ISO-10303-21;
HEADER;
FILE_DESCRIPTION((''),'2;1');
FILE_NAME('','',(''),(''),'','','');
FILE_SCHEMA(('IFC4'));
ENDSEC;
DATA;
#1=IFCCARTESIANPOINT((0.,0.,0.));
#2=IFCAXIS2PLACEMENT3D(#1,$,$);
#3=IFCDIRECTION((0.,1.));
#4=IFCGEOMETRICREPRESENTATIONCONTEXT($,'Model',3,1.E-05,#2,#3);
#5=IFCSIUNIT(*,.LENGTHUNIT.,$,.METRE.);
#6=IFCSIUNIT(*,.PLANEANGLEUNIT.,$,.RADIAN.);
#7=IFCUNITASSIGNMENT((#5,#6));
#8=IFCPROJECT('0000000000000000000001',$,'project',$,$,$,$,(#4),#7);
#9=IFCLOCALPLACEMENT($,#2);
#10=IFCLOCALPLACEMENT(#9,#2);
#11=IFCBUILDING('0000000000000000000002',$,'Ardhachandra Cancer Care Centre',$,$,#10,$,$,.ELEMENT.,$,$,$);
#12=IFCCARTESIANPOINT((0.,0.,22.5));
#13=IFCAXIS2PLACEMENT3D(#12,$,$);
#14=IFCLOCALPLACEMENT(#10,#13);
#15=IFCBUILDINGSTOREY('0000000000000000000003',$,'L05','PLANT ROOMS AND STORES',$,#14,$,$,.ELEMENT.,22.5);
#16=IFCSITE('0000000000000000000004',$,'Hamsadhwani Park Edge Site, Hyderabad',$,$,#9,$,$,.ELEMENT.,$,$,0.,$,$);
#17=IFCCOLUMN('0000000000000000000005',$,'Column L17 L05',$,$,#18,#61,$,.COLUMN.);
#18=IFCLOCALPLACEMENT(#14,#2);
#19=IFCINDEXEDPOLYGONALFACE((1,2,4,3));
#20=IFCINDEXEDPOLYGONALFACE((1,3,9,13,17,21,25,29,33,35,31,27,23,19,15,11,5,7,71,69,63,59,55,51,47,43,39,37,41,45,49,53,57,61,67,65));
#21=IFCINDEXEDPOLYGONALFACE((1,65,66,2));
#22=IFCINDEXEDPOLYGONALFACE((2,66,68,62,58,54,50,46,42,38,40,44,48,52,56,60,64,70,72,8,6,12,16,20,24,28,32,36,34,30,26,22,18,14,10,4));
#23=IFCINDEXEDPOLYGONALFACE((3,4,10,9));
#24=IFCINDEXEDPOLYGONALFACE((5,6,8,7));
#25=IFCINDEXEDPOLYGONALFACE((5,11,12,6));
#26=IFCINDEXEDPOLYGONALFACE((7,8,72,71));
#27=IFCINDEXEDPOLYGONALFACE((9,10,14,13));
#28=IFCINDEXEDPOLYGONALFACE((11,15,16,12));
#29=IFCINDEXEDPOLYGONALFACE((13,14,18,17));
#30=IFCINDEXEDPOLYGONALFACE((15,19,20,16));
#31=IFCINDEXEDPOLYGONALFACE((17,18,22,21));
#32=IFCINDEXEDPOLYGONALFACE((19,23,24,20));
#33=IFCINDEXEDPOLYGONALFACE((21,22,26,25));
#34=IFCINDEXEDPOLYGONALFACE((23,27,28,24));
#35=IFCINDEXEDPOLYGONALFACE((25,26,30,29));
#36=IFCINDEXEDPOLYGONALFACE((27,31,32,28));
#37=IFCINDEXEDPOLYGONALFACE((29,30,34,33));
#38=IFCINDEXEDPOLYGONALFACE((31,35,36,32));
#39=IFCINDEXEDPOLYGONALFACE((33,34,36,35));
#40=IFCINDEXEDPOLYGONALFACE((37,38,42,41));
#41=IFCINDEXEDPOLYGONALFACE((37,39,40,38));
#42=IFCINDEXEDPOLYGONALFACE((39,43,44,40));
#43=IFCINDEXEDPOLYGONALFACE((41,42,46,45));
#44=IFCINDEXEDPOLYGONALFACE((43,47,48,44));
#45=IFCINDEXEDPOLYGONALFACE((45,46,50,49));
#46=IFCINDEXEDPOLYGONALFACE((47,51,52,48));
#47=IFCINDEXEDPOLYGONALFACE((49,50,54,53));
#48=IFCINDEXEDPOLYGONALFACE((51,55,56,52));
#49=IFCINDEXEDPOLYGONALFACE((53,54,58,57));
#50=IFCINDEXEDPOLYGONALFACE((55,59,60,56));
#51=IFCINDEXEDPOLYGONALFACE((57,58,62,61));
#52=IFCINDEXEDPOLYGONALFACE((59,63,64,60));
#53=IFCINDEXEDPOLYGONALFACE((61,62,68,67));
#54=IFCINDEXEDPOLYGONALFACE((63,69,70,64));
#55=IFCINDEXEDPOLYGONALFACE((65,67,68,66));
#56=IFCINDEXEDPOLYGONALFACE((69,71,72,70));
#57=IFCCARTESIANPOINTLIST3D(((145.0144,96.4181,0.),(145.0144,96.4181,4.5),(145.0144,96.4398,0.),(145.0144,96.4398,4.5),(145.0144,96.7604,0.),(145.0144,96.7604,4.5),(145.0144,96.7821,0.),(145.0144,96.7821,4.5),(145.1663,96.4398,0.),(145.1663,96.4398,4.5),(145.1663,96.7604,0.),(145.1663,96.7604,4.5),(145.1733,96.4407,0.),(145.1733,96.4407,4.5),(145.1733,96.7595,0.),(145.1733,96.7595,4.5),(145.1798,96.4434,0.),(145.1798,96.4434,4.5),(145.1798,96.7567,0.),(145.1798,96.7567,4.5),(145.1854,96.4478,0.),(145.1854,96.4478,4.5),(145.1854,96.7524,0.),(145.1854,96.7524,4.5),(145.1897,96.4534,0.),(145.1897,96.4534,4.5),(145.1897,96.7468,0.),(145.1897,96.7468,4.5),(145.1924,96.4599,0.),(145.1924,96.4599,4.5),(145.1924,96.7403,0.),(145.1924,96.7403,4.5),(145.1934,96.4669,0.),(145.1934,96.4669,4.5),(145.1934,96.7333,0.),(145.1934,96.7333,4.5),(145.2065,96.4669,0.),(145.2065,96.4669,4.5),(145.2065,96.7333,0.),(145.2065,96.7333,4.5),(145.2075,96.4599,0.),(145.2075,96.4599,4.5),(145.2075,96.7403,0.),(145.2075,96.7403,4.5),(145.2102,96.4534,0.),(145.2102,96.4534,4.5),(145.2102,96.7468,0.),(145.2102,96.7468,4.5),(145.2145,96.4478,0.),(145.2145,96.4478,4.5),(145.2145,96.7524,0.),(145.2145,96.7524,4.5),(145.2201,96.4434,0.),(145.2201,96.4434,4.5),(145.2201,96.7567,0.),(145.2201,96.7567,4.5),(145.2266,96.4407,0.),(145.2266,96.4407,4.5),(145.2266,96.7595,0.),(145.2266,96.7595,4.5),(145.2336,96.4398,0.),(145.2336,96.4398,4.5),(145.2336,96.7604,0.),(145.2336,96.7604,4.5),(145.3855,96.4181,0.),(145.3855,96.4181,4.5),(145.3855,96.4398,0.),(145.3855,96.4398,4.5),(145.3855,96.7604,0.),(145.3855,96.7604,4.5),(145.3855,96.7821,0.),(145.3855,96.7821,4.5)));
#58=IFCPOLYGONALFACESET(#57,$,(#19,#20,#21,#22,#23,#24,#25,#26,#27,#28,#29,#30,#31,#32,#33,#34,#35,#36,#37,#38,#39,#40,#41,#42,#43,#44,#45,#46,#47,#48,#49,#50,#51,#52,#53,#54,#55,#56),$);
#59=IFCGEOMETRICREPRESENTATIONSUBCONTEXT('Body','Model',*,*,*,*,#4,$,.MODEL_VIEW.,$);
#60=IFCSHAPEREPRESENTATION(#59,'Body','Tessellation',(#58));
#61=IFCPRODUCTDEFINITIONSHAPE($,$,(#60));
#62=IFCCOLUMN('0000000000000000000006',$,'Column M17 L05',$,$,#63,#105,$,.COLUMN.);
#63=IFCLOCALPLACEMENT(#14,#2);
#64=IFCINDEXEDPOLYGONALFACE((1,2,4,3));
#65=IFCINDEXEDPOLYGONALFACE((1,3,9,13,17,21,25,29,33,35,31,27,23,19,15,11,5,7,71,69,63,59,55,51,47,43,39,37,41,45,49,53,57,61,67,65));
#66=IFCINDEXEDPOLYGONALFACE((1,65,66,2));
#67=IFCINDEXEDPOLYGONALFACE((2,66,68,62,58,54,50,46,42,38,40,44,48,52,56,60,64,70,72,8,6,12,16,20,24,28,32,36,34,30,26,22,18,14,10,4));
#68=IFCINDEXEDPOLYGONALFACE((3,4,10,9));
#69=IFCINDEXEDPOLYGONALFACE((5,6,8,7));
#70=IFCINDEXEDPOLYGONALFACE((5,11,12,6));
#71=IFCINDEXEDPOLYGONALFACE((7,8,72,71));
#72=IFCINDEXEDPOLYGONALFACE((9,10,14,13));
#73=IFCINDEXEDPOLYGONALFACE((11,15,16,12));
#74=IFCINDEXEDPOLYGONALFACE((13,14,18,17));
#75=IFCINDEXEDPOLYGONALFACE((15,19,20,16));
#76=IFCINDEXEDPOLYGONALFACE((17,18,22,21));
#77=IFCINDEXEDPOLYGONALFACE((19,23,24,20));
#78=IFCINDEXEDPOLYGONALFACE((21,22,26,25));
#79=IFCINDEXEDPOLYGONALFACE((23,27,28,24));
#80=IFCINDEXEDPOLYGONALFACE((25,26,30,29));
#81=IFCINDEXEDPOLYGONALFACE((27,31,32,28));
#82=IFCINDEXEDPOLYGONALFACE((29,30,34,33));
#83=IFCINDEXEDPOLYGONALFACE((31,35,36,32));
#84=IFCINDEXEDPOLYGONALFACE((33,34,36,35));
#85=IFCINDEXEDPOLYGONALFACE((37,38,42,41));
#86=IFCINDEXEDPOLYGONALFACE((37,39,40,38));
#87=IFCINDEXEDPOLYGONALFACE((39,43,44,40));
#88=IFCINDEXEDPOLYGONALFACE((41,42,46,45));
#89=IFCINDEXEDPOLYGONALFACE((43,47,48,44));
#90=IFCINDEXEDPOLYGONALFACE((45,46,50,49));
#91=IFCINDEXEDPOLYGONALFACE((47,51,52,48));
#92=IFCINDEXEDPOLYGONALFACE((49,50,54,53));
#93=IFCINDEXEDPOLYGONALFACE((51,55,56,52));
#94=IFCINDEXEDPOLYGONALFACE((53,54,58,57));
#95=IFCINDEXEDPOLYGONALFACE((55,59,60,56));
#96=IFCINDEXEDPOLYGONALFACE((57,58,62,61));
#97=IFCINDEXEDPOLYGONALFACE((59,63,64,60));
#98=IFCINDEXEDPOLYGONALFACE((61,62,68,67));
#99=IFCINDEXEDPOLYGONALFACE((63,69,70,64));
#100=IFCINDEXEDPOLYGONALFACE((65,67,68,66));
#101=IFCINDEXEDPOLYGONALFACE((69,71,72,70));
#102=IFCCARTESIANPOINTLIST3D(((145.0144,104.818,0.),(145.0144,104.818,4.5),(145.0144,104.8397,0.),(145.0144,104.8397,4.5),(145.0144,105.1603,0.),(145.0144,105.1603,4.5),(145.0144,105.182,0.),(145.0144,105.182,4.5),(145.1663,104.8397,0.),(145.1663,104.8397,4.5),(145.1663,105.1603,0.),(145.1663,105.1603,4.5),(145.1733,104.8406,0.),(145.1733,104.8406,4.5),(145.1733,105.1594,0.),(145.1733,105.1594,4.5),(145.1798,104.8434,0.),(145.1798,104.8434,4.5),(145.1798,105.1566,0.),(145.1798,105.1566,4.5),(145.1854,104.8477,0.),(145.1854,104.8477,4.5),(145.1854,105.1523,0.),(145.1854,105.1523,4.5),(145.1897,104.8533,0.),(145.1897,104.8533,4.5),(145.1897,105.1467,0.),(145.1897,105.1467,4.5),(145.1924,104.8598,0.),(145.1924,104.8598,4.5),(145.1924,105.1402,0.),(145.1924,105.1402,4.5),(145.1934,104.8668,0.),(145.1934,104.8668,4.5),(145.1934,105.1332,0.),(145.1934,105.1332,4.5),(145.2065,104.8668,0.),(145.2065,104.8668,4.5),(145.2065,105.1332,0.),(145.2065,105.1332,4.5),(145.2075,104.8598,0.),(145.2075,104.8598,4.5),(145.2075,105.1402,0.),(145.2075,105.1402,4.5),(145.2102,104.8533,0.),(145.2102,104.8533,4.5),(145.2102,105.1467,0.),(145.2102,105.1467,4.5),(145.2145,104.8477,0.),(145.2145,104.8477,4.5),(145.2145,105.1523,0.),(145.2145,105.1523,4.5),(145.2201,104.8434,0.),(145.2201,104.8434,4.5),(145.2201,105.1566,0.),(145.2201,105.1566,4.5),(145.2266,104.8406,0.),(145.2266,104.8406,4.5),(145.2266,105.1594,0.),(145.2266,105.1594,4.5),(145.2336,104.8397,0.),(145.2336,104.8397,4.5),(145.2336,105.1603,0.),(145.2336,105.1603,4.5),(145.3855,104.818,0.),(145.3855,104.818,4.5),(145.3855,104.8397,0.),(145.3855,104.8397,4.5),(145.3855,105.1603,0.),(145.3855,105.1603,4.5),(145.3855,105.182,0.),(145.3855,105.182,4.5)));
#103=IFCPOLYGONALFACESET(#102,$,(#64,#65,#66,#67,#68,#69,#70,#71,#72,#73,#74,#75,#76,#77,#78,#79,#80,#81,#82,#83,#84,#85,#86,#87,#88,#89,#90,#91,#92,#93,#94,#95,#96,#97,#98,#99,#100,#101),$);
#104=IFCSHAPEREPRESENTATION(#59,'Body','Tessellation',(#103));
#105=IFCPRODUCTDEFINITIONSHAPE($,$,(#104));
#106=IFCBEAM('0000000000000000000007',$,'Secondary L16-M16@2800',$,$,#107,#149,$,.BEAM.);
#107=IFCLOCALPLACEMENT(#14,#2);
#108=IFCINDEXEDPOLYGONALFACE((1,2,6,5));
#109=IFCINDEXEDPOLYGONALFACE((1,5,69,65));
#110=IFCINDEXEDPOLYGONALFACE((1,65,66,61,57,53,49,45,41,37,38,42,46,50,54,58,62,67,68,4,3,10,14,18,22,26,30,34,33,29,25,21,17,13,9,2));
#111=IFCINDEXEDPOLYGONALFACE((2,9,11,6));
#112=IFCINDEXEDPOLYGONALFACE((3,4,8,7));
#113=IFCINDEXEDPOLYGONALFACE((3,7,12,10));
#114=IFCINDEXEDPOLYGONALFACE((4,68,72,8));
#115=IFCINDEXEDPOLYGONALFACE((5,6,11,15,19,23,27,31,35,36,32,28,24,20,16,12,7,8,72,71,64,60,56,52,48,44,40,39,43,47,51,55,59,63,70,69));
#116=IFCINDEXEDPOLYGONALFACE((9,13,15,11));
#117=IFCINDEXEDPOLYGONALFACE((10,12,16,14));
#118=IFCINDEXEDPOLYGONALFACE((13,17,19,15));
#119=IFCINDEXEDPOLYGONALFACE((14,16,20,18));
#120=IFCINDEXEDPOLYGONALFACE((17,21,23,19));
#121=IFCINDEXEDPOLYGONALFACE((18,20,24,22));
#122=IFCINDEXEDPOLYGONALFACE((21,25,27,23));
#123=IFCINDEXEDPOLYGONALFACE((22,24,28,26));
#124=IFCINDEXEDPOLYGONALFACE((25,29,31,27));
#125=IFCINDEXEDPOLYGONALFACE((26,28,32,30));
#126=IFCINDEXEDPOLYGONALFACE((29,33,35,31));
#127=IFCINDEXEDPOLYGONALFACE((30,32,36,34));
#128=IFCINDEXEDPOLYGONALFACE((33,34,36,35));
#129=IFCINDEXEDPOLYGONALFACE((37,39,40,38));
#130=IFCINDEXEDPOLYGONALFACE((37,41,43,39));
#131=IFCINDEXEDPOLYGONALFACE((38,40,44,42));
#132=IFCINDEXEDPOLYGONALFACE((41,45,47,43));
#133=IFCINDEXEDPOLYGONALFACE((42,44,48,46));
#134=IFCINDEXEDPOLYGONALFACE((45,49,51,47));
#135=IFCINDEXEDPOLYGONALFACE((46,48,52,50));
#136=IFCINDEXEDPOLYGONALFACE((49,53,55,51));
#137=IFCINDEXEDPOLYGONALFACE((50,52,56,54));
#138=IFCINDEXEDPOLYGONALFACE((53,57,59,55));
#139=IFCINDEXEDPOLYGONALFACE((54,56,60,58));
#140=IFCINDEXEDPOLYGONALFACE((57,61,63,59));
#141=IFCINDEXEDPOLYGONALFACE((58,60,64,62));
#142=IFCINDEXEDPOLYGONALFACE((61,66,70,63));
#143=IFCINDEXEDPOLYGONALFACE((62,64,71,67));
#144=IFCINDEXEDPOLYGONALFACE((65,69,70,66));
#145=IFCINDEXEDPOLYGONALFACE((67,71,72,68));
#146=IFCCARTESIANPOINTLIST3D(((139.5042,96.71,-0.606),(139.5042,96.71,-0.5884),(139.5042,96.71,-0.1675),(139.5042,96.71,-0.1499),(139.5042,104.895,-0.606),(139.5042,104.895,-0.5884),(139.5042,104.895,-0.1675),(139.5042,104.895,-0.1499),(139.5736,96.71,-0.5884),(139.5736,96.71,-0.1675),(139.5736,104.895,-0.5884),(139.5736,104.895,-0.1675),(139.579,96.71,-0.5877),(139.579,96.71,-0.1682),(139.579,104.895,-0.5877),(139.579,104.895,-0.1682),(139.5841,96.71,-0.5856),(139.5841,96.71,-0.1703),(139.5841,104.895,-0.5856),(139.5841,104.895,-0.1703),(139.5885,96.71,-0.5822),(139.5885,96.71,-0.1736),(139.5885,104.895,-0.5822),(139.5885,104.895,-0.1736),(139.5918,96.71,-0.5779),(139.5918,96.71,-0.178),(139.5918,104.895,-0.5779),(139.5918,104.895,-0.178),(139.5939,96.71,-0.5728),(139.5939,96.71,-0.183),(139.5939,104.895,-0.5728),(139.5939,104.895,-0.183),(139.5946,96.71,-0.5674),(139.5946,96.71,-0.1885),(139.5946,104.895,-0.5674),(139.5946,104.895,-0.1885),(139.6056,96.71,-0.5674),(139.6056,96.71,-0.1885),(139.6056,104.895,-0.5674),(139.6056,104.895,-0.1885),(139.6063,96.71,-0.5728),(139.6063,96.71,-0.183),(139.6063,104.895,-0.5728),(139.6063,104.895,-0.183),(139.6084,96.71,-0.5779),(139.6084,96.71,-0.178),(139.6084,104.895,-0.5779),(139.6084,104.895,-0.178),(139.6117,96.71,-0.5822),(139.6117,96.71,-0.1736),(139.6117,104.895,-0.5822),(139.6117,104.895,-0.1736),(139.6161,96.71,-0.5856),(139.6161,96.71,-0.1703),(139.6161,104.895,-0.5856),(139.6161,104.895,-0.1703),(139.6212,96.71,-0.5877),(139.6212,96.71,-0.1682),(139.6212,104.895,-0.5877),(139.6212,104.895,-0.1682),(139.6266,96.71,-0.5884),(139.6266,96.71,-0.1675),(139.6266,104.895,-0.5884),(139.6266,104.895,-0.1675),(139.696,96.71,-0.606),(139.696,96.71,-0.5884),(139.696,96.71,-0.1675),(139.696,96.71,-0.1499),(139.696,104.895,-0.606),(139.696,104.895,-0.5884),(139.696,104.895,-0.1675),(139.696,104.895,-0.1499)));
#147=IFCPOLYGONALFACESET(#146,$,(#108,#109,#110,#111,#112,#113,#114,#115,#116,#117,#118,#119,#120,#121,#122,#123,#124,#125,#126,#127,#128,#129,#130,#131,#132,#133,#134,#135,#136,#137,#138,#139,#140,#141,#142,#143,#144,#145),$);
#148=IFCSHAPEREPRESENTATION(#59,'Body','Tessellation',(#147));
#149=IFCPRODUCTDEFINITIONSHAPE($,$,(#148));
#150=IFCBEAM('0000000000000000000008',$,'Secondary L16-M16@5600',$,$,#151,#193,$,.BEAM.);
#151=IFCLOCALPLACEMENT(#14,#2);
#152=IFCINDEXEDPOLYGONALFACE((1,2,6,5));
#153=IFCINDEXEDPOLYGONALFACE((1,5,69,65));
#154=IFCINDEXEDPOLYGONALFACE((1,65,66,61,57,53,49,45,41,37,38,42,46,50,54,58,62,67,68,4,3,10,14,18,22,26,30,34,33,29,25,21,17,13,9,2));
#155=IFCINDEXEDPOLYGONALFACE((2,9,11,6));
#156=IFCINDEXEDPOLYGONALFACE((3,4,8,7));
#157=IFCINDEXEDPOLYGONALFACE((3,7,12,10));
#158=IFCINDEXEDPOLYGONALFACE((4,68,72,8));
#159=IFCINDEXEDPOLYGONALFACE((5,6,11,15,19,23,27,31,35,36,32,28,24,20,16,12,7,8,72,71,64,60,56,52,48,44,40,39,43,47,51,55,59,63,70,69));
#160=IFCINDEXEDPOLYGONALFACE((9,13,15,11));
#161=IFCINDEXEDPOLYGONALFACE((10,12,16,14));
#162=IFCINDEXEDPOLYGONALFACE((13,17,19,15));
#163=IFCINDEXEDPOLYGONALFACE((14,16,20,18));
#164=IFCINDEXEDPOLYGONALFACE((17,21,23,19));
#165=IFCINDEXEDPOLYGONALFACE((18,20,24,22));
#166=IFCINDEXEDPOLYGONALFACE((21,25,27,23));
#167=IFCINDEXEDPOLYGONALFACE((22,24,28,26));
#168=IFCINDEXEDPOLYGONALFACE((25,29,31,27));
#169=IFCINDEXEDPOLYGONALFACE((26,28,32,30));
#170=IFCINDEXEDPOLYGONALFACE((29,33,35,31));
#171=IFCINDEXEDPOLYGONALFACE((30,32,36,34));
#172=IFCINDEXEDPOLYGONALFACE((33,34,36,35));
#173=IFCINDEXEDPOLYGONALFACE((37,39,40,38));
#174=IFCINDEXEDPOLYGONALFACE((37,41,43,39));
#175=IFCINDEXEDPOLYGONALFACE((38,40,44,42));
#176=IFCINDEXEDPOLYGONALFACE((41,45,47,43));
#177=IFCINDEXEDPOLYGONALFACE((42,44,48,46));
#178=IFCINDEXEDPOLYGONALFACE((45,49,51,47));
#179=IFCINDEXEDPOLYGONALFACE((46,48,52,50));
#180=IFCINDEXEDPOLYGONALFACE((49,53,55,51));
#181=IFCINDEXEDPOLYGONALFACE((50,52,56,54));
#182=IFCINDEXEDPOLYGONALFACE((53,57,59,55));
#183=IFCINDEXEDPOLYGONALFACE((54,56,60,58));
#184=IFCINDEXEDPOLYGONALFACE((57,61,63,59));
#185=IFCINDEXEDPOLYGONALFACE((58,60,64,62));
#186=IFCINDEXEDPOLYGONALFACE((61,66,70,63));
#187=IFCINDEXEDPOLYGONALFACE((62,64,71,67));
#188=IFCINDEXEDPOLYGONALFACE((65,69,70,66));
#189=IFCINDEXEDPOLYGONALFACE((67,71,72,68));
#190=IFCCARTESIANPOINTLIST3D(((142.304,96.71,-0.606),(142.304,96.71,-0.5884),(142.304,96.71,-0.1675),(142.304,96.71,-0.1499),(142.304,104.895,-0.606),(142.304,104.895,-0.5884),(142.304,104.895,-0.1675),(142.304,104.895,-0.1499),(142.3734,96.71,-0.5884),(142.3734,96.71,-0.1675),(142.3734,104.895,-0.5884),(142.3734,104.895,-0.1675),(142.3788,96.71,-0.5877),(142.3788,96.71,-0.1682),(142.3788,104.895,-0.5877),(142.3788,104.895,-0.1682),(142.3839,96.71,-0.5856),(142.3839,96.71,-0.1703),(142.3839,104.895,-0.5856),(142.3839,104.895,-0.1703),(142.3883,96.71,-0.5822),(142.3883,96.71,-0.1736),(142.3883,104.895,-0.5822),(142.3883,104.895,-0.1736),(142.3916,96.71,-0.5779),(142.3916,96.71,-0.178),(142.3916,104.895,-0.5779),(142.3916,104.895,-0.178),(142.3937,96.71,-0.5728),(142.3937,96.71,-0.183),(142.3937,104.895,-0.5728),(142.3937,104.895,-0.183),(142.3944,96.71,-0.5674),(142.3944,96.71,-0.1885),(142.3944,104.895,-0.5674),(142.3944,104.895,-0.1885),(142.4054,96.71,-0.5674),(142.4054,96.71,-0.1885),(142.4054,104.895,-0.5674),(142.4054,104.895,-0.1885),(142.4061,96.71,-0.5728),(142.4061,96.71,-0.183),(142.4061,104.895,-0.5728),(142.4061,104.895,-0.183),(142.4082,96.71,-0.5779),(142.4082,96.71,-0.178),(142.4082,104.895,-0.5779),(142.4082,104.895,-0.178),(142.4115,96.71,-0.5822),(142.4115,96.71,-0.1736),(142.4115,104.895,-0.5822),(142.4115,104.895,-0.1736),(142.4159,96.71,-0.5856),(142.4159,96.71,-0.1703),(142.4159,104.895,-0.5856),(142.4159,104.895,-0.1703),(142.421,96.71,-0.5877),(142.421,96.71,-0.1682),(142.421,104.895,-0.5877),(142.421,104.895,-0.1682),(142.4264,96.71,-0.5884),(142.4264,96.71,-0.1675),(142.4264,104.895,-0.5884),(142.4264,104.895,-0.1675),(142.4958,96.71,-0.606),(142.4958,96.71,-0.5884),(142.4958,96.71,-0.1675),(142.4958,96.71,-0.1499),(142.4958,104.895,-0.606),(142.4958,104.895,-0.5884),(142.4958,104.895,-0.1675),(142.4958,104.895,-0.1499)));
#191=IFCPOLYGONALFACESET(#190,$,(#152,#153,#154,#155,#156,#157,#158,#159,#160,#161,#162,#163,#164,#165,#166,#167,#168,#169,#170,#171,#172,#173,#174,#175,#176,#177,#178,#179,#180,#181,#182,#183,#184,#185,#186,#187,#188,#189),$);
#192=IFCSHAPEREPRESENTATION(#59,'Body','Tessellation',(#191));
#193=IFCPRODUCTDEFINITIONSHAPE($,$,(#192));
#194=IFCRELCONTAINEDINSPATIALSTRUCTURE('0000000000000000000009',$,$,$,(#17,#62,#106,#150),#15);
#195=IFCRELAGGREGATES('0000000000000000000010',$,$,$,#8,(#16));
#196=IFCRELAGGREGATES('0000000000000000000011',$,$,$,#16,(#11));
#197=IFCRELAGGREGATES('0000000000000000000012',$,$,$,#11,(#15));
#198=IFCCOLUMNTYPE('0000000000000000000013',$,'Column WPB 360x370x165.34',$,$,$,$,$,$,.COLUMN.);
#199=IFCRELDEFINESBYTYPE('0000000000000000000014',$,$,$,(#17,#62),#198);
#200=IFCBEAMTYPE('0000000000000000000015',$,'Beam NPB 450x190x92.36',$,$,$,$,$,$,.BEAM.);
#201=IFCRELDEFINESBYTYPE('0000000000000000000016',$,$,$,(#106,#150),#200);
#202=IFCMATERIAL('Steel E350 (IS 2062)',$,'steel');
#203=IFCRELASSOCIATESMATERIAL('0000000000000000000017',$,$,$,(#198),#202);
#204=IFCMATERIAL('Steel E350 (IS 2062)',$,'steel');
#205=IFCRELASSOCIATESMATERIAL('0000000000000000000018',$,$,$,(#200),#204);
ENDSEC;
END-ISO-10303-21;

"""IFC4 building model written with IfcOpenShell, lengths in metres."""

from ifc_helpers import new_model, si_unit, direction, frame, origin, origin_2d, place, context, subcontext, project, spatial, i_section, extrude, material, material_profile, profile_set, type_object, element, save


model = new_model("IFC4")

# Units and contexts
model_context = context("Model", 3, precision=1e-05, world=origin(), true_north=direction((0.0, 1.0)))
body_context = subcontext(model_context, "Body", "Model", "MODEL_VIEW")
ifc_project = project(units=[si_unit("LENGTHUNIT", "METRE"), si_unit("PLANEANGLEUNIT", "RADIAN")], contexts=[model_context])

# Site, building, storey
site_placement = place(None, origin())
site = spatial("IfcSite", under=ifc_project, at=site_placement, Name="Hamsadhwani Park Edge Site, Hyderabad", CompositionType="ELEMENT", RefElevation=0.0)
building_placement = place(site_placement, origin())
building = spatial("IfcBuilding", under=site, at=building_placement, Name="Ardhachandra Cancer Care Centre", CompositionType="ELEMENT")
storey_placement = place(building_placement, frame((0.0, 0.0, 22.5)))
storey = spatial("IfcBuildingStorey", under=building, at=storey_placement, Name="L05", Description="PLANT ROOMS AND STORES", CompositionType="ELEMENT", Elevation=22.5)

# Columns
ifc_material_1 = material(Name="Steel E350 (IS 2062)", Category="steel")
ifc_material_profile_1 = material_profile(ifc_material_1, i_section(OverallWidth=0.3711, OverallDepth=0.364, WebThickness=0.0132, FlangeThickness=0.0217, FilletRadius=0.0271, at=origin_2d()), Name="WPB 360x370x165.34")
ifc_profile_set_1 = profile_set([ifc_material_profile_1], Name="Steel E350 (IS 2062)")
column_type = type_object("IfcColumnType", Name="Column WPB 360x370x165.34", PredefinedType="COLUMN", material=ifc_profile_set_1)
for number, where, z_axis, x_axis, name in (
    (1, (145.2, 96.6001, 0.0), (0.0, 0.0, 1.0), (1.0, 0.0, 0.0), "Column L17 L05"),
    (2, (145.2, 105.0, 0.0), (0.0, 0.0, 1.0), (1.0, 0.0, 0.0), "Column M17 L05"),
):
    element("IfcColumn", number, at=place(storey_placement, frame(where, z_axis=z_axis, x_axis=x_axis)), inside=storey, type_object=column_type, Name=name, PredefinedType="COLUMN", context=body_context, shape_type="SweptSolid", body=[
        extrude(i_section(OverallWidth=0.3711, OverallDepth=0.364, WebThickness=0.0132, FlangeThickness=0.0217, FilletRadius=0.0271, at=origin_2d()), origin(), (0.0, 0.0, 1.0), 4.5),
    ])

# Beams
ifc_material_2 = material(Name="Steel E350 (IS 2062)", Category="steel")
ifc_material_profile_2 = material_profile(ifc_material_2, i_section(OverallWidth=0.1919, OverallDepth=0.4561, WebThickness=0.011, FlangeThickness=0.0176, FilletRadius=0.021, at=origin_2d()), Name="NPB 450x190x92.36")
ifc_profile_set_2 = profile_set([ifc_material_profile_2], Name="Steel E350 (IS 2062)")
beam_type_1 = type_object("IfcBeamType", Name="Beam NPB 450x190x92.36", PredefinedType="BEAM", material=ifc_profile_set_2)
for number, where, z_axis, x_axis, name in (
    (3, (139.6001, 96.71, -0.3779), (0.0, 1.0, 0.0), (-1.0, 0.0, 0.0), "Secondary L16-M16@2800"),
    (4, (142.3999, 96.71, -0.3779), (0.0, 1.0, 0.0), (-1.0, 0.0, 0.0), "Secondary L16-M16@5600"),
):
    element("IfcBeam", number, at=place(storey_placement, frame(where, z_axis=z_axis, x_axis=x_axis)), inside=storey, type_object=beam_type_1, Name=name, PredefinedType="BEAM", context=body_context, shape_type="SweptSolid", body=[
        extrude(i_section(OverallWidth=0.1919, OverallDepth=0.4561, WebThickness=0.011, FlangeThickness=0.0176, FilletRadius=0.021, at=origin_2d()), origin(), (0.0, 0.0, 1.0), 8.1851),
    ])

save(model, "model.ifc")
